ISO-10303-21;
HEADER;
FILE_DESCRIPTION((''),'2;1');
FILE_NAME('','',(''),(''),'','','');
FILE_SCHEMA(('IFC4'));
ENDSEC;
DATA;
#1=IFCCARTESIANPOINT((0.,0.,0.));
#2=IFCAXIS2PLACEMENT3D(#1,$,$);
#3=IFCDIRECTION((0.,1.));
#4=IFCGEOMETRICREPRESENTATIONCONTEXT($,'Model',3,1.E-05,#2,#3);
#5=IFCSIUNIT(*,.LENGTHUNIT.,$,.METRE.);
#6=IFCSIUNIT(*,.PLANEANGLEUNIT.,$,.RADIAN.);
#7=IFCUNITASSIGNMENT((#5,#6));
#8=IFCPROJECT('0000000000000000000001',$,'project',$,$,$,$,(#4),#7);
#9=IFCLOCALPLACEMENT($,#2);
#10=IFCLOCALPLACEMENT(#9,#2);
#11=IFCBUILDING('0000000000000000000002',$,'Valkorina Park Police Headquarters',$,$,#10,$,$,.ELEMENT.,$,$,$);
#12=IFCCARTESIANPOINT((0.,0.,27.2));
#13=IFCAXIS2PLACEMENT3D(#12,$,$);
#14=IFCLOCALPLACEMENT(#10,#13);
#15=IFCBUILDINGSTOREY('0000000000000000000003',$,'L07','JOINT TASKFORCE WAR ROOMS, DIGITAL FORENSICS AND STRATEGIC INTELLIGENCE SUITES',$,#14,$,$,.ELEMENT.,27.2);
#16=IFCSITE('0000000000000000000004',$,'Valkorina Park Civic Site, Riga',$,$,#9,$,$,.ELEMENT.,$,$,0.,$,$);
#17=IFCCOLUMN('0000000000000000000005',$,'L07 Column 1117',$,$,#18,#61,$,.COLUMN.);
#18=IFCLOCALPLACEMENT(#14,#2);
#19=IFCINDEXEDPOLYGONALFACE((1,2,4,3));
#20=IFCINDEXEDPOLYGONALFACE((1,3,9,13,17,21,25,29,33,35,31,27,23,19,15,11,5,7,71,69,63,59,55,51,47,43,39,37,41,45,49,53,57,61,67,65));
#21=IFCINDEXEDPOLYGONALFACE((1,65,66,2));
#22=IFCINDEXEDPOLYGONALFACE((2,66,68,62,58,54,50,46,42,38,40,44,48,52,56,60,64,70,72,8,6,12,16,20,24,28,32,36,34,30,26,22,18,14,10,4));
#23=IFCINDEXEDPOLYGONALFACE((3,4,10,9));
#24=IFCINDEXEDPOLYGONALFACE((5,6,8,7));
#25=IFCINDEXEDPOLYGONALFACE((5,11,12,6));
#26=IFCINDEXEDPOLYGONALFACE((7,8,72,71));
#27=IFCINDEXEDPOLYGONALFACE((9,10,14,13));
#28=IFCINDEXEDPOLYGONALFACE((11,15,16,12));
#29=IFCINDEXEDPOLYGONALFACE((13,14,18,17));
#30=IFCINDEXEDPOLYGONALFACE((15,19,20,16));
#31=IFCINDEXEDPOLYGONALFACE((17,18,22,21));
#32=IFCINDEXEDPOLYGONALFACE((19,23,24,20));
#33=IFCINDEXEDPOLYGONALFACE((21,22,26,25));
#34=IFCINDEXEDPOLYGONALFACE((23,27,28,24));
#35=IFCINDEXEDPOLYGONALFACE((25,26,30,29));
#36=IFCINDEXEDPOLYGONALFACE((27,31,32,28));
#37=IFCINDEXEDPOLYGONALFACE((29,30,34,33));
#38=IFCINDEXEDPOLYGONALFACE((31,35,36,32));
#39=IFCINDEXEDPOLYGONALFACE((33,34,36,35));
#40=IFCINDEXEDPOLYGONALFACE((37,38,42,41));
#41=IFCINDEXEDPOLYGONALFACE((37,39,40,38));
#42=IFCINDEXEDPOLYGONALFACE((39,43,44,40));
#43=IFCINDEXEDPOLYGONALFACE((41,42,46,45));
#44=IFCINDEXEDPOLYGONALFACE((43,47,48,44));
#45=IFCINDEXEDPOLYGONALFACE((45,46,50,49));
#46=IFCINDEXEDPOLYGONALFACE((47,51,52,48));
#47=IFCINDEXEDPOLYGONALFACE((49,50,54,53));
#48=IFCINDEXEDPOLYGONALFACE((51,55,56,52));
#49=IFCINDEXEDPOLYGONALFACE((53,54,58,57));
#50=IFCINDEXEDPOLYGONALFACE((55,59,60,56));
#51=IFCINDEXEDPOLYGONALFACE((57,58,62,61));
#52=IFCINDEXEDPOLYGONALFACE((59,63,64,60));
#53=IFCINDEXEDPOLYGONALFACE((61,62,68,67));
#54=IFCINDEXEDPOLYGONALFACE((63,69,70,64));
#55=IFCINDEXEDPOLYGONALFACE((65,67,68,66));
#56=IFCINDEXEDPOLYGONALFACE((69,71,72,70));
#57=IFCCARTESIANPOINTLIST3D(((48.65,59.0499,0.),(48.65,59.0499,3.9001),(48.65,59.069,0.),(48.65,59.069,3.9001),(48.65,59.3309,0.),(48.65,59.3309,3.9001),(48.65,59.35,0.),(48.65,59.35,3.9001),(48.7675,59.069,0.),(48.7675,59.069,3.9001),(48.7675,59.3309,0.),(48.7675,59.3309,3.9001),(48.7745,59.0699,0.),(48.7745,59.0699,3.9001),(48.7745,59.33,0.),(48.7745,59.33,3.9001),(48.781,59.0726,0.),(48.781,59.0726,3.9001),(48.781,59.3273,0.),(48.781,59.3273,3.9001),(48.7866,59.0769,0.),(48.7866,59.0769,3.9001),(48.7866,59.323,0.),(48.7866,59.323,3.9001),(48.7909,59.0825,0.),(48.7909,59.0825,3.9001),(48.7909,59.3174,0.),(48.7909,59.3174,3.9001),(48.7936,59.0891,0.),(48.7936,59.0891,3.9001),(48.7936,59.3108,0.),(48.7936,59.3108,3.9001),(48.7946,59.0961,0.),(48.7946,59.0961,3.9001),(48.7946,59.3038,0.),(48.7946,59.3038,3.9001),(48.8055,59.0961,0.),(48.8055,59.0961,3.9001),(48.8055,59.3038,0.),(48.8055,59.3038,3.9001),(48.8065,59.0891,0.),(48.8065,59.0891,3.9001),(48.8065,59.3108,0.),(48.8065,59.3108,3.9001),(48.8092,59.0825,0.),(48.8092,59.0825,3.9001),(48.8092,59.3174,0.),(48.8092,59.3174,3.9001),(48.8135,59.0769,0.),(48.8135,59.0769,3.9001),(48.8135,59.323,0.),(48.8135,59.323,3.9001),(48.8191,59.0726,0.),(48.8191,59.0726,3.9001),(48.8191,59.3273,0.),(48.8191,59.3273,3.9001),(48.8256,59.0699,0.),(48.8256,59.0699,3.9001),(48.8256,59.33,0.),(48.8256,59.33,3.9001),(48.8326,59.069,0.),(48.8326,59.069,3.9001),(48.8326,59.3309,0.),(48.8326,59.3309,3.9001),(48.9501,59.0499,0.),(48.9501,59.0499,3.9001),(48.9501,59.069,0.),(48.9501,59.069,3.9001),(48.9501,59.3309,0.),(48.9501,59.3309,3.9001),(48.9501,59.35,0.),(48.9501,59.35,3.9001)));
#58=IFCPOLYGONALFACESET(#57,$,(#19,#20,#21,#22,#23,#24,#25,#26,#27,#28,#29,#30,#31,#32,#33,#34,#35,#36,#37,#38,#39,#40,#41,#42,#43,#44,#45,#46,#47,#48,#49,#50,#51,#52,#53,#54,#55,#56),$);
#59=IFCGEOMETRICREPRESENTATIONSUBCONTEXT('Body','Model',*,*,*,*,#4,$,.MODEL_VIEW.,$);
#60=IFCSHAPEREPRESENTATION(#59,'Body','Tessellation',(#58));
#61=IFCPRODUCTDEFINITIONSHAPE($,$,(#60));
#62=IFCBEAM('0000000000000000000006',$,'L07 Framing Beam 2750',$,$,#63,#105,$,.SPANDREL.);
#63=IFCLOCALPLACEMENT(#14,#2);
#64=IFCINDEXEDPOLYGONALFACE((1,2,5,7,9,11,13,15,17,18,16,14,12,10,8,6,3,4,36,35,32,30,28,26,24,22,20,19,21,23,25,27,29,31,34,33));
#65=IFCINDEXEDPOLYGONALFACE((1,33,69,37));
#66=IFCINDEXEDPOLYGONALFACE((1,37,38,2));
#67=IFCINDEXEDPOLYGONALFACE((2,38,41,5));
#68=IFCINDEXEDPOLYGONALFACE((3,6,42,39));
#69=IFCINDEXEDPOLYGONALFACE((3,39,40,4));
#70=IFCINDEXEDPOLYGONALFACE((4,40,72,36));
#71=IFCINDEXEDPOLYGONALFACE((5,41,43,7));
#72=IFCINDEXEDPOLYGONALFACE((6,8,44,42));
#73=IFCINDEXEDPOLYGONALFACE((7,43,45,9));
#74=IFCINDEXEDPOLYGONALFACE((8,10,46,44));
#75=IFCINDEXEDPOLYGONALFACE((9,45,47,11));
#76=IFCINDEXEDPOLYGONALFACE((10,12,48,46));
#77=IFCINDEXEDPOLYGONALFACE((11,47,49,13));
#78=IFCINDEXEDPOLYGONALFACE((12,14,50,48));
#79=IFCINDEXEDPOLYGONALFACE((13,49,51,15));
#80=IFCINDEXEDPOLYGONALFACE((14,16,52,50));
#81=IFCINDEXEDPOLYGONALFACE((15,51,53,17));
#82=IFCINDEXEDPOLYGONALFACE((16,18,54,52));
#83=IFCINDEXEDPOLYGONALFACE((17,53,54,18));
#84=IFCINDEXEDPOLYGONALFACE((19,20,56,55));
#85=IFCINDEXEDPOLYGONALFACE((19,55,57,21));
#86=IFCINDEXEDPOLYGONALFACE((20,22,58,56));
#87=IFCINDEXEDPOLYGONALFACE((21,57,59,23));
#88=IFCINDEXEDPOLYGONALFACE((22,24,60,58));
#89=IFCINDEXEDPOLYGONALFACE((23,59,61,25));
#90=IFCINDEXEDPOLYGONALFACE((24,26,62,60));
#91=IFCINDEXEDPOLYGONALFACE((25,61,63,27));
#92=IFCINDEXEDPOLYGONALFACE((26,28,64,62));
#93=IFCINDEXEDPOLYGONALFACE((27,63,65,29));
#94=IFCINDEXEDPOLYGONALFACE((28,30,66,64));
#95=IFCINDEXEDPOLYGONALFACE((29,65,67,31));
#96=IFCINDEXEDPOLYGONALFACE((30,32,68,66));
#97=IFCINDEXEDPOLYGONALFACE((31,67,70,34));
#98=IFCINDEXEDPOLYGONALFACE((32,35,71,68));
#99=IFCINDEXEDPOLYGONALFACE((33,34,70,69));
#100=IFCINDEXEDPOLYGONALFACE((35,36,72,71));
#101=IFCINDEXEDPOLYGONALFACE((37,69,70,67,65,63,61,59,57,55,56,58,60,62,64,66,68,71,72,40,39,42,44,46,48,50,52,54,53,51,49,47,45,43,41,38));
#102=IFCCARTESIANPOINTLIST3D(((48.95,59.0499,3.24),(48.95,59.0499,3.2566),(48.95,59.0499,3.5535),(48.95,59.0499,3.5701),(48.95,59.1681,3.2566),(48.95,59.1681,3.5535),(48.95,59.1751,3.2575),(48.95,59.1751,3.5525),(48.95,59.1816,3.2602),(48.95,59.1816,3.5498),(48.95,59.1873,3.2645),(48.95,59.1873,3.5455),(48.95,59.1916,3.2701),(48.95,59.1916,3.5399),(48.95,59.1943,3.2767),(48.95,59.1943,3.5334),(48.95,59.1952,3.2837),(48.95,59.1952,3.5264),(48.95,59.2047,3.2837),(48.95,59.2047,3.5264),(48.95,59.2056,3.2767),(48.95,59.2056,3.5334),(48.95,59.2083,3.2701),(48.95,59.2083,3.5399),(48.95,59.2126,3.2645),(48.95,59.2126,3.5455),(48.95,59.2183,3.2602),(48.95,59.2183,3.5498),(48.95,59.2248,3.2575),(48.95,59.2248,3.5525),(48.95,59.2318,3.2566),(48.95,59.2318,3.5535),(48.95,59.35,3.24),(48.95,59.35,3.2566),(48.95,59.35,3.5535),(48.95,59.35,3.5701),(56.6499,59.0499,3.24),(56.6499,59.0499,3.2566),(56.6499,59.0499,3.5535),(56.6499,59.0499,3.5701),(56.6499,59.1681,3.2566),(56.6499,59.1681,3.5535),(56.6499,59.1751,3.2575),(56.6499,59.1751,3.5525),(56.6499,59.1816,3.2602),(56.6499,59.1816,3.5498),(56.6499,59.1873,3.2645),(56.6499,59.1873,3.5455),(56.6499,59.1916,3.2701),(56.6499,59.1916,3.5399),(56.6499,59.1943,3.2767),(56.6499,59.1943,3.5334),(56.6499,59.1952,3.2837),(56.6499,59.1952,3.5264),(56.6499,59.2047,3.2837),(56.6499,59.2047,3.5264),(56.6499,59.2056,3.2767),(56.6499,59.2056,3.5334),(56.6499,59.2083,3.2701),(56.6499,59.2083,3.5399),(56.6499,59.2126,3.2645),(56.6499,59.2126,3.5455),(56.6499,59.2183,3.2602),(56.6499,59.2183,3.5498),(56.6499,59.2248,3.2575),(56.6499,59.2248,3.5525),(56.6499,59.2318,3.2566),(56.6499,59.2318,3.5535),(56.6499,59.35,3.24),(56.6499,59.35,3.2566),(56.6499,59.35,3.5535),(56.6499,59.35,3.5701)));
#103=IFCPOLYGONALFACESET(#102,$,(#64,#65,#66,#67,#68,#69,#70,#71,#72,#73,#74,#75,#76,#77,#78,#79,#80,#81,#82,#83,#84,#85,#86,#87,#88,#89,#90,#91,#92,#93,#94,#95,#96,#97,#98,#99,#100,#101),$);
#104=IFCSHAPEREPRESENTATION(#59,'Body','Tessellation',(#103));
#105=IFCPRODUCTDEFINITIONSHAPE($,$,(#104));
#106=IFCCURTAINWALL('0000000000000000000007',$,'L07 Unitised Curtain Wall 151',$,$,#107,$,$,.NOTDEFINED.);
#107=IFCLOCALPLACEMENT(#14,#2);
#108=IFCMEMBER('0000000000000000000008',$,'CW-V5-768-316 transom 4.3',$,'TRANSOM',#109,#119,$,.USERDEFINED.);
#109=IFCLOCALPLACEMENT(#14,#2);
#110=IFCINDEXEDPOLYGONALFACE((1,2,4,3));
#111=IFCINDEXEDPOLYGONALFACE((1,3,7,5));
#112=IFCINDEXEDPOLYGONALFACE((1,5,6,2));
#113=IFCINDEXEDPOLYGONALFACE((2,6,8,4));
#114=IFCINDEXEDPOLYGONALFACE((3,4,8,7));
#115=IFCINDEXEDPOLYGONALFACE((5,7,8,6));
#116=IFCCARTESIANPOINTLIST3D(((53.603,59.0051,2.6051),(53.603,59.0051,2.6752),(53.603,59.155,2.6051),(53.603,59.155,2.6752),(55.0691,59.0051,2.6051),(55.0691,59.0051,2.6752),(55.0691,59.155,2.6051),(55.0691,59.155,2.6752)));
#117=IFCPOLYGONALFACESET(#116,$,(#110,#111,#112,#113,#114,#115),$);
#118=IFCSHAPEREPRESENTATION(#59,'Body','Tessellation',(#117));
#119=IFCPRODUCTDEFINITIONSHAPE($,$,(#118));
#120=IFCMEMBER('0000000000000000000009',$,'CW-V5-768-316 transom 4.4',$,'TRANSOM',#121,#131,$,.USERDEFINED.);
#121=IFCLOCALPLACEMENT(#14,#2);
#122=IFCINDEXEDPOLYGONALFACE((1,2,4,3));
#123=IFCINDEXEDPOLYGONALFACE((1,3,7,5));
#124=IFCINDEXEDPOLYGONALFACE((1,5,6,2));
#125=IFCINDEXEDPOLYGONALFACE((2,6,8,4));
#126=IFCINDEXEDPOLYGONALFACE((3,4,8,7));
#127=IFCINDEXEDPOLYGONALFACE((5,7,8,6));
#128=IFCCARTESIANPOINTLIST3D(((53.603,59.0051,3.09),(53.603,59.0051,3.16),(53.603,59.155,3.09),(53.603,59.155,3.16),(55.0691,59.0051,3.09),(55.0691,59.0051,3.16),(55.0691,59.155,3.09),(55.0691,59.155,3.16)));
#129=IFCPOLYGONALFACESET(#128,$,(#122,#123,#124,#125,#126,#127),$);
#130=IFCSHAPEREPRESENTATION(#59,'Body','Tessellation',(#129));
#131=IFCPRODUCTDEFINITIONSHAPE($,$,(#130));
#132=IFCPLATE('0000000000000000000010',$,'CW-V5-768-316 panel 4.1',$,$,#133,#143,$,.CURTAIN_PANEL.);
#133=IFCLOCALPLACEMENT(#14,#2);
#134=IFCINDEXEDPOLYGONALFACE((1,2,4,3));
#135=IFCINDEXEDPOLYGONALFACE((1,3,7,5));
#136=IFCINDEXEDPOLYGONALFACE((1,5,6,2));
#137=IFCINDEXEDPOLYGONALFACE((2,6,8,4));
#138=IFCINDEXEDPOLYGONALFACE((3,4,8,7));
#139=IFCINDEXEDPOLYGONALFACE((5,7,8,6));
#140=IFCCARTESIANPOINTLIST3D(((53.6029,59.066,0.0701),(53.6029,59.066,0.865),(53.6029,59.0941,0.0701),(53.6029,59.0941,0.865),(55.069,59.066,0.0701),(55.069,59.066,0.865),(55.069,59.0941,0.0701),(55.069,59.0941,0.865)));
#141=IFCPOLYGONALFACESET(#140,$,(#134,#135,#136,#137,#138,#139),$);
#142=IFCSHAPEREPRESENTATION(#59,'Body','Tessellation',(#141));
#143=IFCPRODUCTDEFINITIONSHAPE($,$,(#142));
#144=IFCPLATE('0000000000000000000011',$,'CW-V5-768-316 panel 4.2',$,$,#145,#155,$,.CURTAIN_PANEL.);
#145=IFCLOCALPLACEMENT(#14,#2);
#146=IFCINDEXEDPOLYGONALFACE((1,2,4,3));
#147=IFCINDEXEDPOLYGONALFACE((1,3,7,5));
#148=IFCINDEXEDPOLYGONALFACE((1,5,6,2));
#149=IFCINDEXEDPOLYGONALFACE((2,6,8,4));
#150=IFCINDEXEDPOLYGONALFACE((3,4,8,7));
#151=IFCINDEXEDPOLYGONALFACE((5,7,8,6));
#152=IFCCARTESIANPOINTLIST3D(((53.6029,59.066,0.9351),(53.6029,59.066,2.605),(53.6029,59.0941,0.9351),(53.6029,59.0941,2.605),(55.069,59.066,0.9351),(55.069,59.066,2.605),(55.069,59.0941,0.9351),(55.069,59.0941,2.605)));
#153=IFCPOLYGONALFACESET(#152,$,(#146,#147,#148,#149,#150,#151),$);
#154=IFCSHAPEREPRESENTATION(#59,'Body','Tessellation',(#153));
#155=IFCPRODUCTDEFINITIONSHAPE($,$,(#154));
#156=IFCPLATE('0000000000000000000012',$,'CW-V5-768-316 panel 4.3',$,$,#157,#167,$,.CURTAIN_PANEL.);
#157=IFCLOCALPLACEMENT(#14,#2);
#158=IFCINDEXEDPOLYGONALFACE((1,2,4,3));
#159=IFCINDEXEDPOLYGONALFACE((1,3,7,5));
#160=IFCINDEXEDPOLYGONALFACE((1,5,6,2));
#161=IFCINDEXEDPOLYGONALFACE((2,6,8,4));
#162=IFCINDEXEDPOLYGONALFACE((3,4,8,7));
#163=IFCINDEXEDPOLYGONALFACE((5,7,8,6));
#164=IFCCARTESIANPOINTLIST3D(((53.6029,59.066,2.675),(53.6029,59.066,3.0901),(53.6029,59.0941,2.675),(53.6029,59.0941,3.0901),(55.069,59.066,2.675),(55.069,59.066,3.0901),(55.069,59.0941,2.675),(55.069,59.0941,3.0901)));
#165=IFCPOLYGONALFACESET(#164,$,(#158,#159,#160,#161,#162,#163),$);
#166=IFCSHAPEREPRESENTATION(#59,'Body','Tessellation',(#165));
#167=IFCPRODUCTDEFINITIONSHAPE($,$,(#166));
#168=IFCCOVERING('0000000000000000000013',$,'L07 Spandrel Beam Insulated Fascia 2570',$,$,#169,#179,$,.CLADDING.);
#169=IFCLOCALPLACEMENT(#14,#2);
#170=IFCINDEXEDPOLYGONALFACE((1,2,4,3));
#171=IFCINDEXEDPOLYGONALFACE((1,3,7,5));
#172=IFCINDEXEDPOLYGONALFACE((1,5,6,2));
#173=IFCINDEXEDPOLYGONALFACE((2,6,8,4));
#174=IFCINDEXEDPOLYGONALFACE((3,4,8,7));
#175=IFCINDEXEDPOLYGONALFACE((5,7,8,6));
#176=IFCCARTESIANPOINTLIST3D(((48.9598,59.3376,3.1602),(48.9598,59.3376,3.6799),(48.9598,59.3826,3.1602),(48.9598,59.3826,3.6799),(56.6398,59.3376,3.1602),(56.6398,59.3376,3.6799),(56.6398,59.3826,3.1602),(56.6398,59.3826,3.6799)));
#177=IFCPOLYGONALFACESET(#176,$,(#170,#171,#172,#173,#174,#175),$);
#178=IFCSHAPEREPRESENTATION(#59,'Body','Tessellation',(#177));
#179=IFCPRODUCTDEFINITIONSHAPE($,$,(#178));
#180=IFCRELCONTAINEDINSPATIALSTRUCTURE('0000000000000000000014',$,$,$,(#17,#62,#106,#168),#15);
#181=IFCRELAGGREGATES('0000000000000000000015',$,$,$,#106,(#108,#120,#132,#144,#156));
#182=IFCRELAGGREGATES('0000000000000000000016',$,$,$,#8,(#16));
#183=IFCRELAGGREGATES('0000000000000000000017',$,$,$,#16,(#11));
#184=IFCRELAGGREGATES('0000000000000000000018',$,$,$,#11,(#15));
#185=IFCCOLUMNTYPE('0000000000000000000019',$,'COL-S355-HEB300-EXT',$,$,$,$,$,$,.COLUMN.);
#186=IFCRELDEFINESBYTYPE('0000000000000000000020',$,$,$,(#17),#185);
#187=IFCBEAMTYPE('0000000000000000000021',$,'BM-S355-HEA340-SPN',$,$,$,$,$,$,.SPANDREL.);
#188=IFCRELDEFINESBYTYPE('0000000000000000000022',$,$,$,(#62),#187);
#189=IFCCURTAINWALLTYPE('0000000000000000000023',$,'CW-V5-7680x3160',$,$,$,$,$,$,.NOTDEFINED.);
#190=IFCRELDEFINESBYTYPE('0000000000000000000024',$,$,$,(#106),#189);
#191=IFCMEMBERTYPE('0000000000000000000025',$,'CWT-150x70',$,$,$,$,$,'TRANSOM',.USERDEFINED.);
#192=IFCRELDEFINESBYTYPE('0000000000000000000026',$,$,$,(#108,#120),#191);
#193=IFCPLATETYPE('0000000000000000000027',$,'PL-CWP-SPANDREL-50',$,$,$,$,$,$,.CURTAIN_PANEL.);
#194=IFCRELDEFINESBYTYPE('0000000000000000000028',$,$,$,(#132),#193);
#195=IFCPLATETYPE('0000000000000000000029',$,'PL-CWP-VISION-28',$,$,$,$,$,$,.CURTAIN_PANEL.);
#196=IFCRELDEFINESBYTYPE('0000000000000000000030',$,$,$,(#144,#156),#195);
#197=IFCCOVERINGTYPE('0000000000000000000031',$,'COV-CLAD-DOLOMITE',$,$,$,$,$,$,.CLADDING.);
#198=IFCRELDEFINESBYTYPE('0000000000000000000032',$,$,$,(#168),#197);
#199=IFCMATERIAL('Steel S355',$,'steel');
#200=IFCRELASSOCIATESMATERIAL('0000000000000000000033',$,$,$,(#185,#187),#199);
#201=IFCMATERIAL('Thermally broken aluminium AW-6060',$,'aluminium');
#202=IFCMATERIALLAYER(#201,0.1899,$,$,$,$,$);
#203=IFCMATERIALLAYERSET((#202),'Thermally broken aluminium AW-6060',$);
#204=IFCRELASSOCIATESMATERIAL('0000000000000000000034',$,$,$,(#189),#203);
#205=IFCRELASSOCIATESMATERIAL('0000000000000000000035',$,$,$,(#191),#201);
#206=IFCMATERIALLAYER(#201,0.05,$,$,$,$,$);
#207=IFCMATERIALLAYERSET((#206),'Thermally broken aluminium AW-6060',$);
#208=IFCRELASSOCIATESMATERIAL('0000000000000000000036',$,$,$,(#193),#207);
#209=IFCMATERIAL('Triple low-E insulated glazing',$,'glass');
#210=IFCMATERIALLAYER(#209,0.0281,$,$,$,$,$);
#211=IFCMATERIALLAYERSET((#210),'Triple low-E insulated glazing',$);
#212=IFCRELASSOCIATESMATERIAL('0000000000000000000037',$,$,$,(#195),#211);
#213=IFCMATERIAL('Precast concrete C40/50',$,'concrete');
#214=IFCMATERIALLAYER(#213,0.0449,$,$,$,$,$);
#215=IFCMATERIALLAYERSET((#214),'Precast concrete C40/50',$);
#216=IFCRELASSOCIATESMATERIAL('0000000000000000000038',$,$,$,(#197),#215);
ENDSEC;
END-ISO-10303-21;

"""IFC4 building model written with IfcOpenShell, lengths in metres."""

from ifc_helpers import new_model, si_unit, direction, frame, frame_2d, origin, origin_2d, place, context, subcontext, project, spatial, rectangle, i_section, extrude, material, layer, layer_set, material_profile, profile_set, type_object, element, aggregate, save


model = new_model("IFC4")

# Units and contexts
model_context = context("Model", 3, precision=1e-05, world=origin(), true_north=direction((0.0, 1.0)))
body_context = subcontext(model_context, "Body", "Model", "MODEL_VIEW")
ifc_project = project(units=[si_unit("LENGTHUNIT", "METRE"), si_unit("PLANEANGLEUNIT", "RADIAN")], contexts=[model_context])

# Site, building, storey
site_placement = place(None, origin())
site = spatial("IfcSite", under=ifc_project, at=site_placement, Name="Valkorina Park Civic Site, Riga", CompositionType="ELEMENT", RefElevation=0.0)
building_placement = place(site_placement, origin())
building = spatial("IfcBuilding", under=site, at=building_placement, Name="Valkorina Park Police Headquarters", CompositionType="ELEMENT")
storey_placement = place(building_placement, frame((0.0, 0.0, 27.2)))
storey = spatial("IfcBuildingStorey", under=building, at=storey_placement, Name="L07", Description="JOINT TASKFORCE WAR ROOMS, DIGITAL FORENSICS AND STRATEGIC INTELLIGENCE SUITES", CompositionType="ELEMENT", Elevation=27.2)

# Column
ifc_material_1 = material(Name="Steel S355", Category="steel")
ifc_material_profile_1 = material_profile(ifc_material_1, i_section(OverallWidth=0.3, OverallDepth=0.3, WebThickness=0.011, FlangeThickness=0.019, FilletRadius=0.0271, at=origin_2d()), Name="HEB 300")
ifc_profile_set_1 = profile_set([ifc_material_profile_1], Name="Steel S355")
column_type = type_object("IfcColumnType", Name="COL-S355-HEB300-EXT", PredefinedType="COLUMN", material=ifc_profile_set_1)
column_placement = place(storey_placement, frame((48.8, 59.2, 0.0), z_axis=(0.0, 0.0, 1.0), x_axis=(1.0, 0.0, 0.0)))
element("IfcColumn", 1, at=column_placement, inside=storey, type_object=column_type, Name="L07 Column 1117", PredefinedType="COLUMN", context=body_context, shape_type="SweptSolid", body=[
    extrude(i_section(OverallWidth=0.3, OverallDepth=0.3, WebThickness=0.011, FlangeThickness=0.019, FilletRadius=0.0271, at=origin_2d()), origin(), (0.0, 0.0, 1.0), 3.9001),
])

# Beam
ifc_material_profile_2 = material_profile(ifc_material_1, i_section(OverallWidth=0.3, OverallDepth=0.3301, WebThickness=0.0095, FlangeThickness=0.0166, FilletRadius=0.0271, at=origin_2d()), Name="HEA 340")
ifc_profile_set_2 = profile_set([ifc_material_profile_2], Name="Steel S355")
beam_type = type_object("IfcBeamType", Name="BM-S355-HEA340-SPN", PredefinedType="SPANDREL", material=ifc_profile_set_2)
beam_placement = place(storey_placement, frame((48.95, 59.2, 3.405), z_axis=(1.0, 0.0, 0.0), x_axis=(0.0, 1.0, 0.0)))
element("IfcBeam", 2, at=beam_placement, inside=storey, type_object=beam_type, Name="L07 Framing Beam 2750", PredefinedType="SPANDREL", context=body_context, shape_type="SweptSolid", body=[
    extrude(i_section(OverallWidth=0.3, OverallDepth=0.3301, WebThickness=0.0095, FlangeThickness=0.0166, FilletRadius=0.0271, at=origin_2d()), origin(), (0.0, 0.0, 1.0), 7.7),
])

# Curtain wall, members, plates
ifc_material_2 = material(Name="Thermally broken aluminium AW-6060", Category="aluminium")
ifc_layer_1 = layer(ifc_material_2, 0.1899)
ifc_layer_set_1 = layer_set([ifc_layer_1], Name="Thermally broken aluminium AW-6060")
curtain_wall_type = type_object("IfcCurtainWallType", Name="CW-V5-7680x3160", PredefinedType="NOTDEFINED", material=ifc_layer_set_1)
curtain_wall_placement = place(storey_placement, origin())
curtain_wall = element("IfcCurtainWall", 3, at=curtain_wall_placement, inside=storey, type_object=curtain_wall_type, Name="L07 Unitised Curtain Wall 151", PredefinedType="NOTDEFINED")
ifc_material_profile_3 = material_profile(ifc_material_2, rectangle(XDim=0.1499, YDim=0.0701, at=origin_2d()), Name="CWT-02 150x70")
ifc_profile_set_3 = profile_set([ifc_material_profile_3], Name="Thermally broken aluminium AW-6060")
member_type = type_object("IfcMemberType", Name="CWT-150x70", ElementType="TRANSOM", PredefinedType="USERDEFINED", material=ifc_profile_set_3)
member_1_placement = place(storey_placement, frame((53.603, 59.0801, 2.6401), z_axis=(1.0, 0.0, 0.0), x_axis=(0.0, 1.0, 0.0)))
member_1 = element("IfcMember", 4, at=member_1_placement, type_object=member_type, Name="CW-V5-768-316 transom 4.3", ObjectType="TRANSOM", PredefinedType="USERDEFINED", context=body_context, shape_type="SweptSolid", body=[
    extrude(rectangle(XDim=0.1499, YDim=0.0701, at=origin_2d()), origin(), (0.0, 0.0, 1.0), 1.4661),
])
member_2_placement = place(storey_placement, frame((53.603, 59.0801, 3.125), z_axis=(1.0, 0.0, 0.0), x_axis=(0.0, 1.0, 0.0)))
member_2 = element("IfcMember", 5, at=member_2_placement, type_object=member_type, Name="CW-V5-768-316 transom 4.4", ObjectType="TRANSOM", PredefinedType="USERDEFINED", context=body_context, shape_type="SweptSolid", body=[
    extrude(rectangle(XDim=0.1499, YDim=0.0701, at=origin_2d()), origin(), (0.0, 0.0, 1.0), 1.4661),
])
ifc_layer_2 = layer(ifc_material_2, 0.05)
ifc_layer_set_2 = layer_set([ifc_layer_2], Name="Thermally broken aluminium AW-6060")
plate_type_1 = type_object("IfcPlateType", Name="PL-CWP-SPANDREL-50", PredefinedType="CURTAIN_PANEL", material=ifc_layer_set_2)
plate_1_placement = place(storey_placement, frame((54.3359, 59.0801, 0.0701), z_axis=(0.0, 0.0, 1.0), x_axis=(1.0, 0.0, 0.0)))
plate_1 = element("IfcPlate", 6, at=plate_1_placement, type_object=plate_type_1, Name="CW-V5-768-316 panel 4.1", PredefinedType="CURTAIN_PANEL", context=body_context, shape_type="SweptSolid", body=[
    extrude(rectangle(XDim=1.4661, YDim=0.0281, at=origin_2d()), origin(), (0.0, 0.0, 1.0), 0.7949),
])
ifc_material_3 = material(Name="Triple low-E insulated glazing", Category="glass")
ifc_layer_3 = layer(ifc_material_3, 0.0281)
ifc_layer_set_3 = layer_set([ifc_layer_3], Name="Triple low-E insulated glazing")
plate_type_2 = type_object("IfcPlateType", Name="PL-CWP-VISION-28", PredefinedType="CURTAIN_PANEL", material=ifc_layer_set_3)
plate_2_placement = place(storey_placement, frame((54.3359, 59.0801, 0.9351), z_axis=(0.0, 0.0, 1.0), x_axis=(1.0, 0.0, 0.0)))
plate_2 = element("IfcPlate", 7, at=plate_2_placement, type_object=plate_type_2, Name="CW-V5-768-316 panel 4.2", PredefinedType="CURTAIN_PANEL", context=body_context, shape_type="SweptSolid", body=[
    extrude(rectangle(XDim=1.4661, YDim=0.0281, at=origin_2d()), origin(), (0.0, 0.0, 1.0), 1.6699),
])
plate_3_placement = place(storey_placement, frame((54.3359, 59.0801, 2.675), z_axis=(0.0, 0.0, 1.0), x_axis=(1.0, 0.0, 0.0)))
plate_3 = element("IfcPlate", 8, at=plate_3_placement, type_object=plate_type_2, Name="CW-V5-768-316 panel 4.3", PredefinedType="CURTAIN_PANEL", context=body_context, shape_type="SweptSolid", body=[
    extrude(rectangle(XDim=1.4661, YDim=0.0281, at=origin_2d()), origin(), (0.0, 0.0, 1.0), 0.415),
])
aggregate(curtain_wall, [member_1, member_2, plate_1, plate_2, plate_3])

# Covering
ifc_material_4 = material(Name="Precast concrete C40/50", Category="concrete")
ifc_layer_4 = layer(ifc_material_4, 0.0449)
ifc_layer_set_4 = layer_set([ifc_layer_4], Name="Precast concrete C40/50")
covering_type_1 = type_object("IfcCoveringType", Name="COV-CLAD-DOLOMITE", PredefinedType="CLADDING", material=ifc_layer_set_4)
covering_1_placement = place(storey_placement, frame((48.96, 59.3601, 3.1602), z_axis=(0.0, 0.0, 1.0), x_axis=(1.0, 0.0, 0.0)))
element("IfcCovering", 9, at=covering_1_placement, inside=storey, type_object=covering_type_1, Name="L07 Spandrel Beam Insulated Fascia 2570", PredefinedType="CLADDING", context=body_context, shape_type="SweptSolid", body=[
    extrude(rectangle(XDim=7.6799, YDim=0.0449, at=frame_2d((3.8398, 0.0))), origin(), (0.0, 0.0, 1.0), 0.5198),
])

save(model, "model.ifc")
